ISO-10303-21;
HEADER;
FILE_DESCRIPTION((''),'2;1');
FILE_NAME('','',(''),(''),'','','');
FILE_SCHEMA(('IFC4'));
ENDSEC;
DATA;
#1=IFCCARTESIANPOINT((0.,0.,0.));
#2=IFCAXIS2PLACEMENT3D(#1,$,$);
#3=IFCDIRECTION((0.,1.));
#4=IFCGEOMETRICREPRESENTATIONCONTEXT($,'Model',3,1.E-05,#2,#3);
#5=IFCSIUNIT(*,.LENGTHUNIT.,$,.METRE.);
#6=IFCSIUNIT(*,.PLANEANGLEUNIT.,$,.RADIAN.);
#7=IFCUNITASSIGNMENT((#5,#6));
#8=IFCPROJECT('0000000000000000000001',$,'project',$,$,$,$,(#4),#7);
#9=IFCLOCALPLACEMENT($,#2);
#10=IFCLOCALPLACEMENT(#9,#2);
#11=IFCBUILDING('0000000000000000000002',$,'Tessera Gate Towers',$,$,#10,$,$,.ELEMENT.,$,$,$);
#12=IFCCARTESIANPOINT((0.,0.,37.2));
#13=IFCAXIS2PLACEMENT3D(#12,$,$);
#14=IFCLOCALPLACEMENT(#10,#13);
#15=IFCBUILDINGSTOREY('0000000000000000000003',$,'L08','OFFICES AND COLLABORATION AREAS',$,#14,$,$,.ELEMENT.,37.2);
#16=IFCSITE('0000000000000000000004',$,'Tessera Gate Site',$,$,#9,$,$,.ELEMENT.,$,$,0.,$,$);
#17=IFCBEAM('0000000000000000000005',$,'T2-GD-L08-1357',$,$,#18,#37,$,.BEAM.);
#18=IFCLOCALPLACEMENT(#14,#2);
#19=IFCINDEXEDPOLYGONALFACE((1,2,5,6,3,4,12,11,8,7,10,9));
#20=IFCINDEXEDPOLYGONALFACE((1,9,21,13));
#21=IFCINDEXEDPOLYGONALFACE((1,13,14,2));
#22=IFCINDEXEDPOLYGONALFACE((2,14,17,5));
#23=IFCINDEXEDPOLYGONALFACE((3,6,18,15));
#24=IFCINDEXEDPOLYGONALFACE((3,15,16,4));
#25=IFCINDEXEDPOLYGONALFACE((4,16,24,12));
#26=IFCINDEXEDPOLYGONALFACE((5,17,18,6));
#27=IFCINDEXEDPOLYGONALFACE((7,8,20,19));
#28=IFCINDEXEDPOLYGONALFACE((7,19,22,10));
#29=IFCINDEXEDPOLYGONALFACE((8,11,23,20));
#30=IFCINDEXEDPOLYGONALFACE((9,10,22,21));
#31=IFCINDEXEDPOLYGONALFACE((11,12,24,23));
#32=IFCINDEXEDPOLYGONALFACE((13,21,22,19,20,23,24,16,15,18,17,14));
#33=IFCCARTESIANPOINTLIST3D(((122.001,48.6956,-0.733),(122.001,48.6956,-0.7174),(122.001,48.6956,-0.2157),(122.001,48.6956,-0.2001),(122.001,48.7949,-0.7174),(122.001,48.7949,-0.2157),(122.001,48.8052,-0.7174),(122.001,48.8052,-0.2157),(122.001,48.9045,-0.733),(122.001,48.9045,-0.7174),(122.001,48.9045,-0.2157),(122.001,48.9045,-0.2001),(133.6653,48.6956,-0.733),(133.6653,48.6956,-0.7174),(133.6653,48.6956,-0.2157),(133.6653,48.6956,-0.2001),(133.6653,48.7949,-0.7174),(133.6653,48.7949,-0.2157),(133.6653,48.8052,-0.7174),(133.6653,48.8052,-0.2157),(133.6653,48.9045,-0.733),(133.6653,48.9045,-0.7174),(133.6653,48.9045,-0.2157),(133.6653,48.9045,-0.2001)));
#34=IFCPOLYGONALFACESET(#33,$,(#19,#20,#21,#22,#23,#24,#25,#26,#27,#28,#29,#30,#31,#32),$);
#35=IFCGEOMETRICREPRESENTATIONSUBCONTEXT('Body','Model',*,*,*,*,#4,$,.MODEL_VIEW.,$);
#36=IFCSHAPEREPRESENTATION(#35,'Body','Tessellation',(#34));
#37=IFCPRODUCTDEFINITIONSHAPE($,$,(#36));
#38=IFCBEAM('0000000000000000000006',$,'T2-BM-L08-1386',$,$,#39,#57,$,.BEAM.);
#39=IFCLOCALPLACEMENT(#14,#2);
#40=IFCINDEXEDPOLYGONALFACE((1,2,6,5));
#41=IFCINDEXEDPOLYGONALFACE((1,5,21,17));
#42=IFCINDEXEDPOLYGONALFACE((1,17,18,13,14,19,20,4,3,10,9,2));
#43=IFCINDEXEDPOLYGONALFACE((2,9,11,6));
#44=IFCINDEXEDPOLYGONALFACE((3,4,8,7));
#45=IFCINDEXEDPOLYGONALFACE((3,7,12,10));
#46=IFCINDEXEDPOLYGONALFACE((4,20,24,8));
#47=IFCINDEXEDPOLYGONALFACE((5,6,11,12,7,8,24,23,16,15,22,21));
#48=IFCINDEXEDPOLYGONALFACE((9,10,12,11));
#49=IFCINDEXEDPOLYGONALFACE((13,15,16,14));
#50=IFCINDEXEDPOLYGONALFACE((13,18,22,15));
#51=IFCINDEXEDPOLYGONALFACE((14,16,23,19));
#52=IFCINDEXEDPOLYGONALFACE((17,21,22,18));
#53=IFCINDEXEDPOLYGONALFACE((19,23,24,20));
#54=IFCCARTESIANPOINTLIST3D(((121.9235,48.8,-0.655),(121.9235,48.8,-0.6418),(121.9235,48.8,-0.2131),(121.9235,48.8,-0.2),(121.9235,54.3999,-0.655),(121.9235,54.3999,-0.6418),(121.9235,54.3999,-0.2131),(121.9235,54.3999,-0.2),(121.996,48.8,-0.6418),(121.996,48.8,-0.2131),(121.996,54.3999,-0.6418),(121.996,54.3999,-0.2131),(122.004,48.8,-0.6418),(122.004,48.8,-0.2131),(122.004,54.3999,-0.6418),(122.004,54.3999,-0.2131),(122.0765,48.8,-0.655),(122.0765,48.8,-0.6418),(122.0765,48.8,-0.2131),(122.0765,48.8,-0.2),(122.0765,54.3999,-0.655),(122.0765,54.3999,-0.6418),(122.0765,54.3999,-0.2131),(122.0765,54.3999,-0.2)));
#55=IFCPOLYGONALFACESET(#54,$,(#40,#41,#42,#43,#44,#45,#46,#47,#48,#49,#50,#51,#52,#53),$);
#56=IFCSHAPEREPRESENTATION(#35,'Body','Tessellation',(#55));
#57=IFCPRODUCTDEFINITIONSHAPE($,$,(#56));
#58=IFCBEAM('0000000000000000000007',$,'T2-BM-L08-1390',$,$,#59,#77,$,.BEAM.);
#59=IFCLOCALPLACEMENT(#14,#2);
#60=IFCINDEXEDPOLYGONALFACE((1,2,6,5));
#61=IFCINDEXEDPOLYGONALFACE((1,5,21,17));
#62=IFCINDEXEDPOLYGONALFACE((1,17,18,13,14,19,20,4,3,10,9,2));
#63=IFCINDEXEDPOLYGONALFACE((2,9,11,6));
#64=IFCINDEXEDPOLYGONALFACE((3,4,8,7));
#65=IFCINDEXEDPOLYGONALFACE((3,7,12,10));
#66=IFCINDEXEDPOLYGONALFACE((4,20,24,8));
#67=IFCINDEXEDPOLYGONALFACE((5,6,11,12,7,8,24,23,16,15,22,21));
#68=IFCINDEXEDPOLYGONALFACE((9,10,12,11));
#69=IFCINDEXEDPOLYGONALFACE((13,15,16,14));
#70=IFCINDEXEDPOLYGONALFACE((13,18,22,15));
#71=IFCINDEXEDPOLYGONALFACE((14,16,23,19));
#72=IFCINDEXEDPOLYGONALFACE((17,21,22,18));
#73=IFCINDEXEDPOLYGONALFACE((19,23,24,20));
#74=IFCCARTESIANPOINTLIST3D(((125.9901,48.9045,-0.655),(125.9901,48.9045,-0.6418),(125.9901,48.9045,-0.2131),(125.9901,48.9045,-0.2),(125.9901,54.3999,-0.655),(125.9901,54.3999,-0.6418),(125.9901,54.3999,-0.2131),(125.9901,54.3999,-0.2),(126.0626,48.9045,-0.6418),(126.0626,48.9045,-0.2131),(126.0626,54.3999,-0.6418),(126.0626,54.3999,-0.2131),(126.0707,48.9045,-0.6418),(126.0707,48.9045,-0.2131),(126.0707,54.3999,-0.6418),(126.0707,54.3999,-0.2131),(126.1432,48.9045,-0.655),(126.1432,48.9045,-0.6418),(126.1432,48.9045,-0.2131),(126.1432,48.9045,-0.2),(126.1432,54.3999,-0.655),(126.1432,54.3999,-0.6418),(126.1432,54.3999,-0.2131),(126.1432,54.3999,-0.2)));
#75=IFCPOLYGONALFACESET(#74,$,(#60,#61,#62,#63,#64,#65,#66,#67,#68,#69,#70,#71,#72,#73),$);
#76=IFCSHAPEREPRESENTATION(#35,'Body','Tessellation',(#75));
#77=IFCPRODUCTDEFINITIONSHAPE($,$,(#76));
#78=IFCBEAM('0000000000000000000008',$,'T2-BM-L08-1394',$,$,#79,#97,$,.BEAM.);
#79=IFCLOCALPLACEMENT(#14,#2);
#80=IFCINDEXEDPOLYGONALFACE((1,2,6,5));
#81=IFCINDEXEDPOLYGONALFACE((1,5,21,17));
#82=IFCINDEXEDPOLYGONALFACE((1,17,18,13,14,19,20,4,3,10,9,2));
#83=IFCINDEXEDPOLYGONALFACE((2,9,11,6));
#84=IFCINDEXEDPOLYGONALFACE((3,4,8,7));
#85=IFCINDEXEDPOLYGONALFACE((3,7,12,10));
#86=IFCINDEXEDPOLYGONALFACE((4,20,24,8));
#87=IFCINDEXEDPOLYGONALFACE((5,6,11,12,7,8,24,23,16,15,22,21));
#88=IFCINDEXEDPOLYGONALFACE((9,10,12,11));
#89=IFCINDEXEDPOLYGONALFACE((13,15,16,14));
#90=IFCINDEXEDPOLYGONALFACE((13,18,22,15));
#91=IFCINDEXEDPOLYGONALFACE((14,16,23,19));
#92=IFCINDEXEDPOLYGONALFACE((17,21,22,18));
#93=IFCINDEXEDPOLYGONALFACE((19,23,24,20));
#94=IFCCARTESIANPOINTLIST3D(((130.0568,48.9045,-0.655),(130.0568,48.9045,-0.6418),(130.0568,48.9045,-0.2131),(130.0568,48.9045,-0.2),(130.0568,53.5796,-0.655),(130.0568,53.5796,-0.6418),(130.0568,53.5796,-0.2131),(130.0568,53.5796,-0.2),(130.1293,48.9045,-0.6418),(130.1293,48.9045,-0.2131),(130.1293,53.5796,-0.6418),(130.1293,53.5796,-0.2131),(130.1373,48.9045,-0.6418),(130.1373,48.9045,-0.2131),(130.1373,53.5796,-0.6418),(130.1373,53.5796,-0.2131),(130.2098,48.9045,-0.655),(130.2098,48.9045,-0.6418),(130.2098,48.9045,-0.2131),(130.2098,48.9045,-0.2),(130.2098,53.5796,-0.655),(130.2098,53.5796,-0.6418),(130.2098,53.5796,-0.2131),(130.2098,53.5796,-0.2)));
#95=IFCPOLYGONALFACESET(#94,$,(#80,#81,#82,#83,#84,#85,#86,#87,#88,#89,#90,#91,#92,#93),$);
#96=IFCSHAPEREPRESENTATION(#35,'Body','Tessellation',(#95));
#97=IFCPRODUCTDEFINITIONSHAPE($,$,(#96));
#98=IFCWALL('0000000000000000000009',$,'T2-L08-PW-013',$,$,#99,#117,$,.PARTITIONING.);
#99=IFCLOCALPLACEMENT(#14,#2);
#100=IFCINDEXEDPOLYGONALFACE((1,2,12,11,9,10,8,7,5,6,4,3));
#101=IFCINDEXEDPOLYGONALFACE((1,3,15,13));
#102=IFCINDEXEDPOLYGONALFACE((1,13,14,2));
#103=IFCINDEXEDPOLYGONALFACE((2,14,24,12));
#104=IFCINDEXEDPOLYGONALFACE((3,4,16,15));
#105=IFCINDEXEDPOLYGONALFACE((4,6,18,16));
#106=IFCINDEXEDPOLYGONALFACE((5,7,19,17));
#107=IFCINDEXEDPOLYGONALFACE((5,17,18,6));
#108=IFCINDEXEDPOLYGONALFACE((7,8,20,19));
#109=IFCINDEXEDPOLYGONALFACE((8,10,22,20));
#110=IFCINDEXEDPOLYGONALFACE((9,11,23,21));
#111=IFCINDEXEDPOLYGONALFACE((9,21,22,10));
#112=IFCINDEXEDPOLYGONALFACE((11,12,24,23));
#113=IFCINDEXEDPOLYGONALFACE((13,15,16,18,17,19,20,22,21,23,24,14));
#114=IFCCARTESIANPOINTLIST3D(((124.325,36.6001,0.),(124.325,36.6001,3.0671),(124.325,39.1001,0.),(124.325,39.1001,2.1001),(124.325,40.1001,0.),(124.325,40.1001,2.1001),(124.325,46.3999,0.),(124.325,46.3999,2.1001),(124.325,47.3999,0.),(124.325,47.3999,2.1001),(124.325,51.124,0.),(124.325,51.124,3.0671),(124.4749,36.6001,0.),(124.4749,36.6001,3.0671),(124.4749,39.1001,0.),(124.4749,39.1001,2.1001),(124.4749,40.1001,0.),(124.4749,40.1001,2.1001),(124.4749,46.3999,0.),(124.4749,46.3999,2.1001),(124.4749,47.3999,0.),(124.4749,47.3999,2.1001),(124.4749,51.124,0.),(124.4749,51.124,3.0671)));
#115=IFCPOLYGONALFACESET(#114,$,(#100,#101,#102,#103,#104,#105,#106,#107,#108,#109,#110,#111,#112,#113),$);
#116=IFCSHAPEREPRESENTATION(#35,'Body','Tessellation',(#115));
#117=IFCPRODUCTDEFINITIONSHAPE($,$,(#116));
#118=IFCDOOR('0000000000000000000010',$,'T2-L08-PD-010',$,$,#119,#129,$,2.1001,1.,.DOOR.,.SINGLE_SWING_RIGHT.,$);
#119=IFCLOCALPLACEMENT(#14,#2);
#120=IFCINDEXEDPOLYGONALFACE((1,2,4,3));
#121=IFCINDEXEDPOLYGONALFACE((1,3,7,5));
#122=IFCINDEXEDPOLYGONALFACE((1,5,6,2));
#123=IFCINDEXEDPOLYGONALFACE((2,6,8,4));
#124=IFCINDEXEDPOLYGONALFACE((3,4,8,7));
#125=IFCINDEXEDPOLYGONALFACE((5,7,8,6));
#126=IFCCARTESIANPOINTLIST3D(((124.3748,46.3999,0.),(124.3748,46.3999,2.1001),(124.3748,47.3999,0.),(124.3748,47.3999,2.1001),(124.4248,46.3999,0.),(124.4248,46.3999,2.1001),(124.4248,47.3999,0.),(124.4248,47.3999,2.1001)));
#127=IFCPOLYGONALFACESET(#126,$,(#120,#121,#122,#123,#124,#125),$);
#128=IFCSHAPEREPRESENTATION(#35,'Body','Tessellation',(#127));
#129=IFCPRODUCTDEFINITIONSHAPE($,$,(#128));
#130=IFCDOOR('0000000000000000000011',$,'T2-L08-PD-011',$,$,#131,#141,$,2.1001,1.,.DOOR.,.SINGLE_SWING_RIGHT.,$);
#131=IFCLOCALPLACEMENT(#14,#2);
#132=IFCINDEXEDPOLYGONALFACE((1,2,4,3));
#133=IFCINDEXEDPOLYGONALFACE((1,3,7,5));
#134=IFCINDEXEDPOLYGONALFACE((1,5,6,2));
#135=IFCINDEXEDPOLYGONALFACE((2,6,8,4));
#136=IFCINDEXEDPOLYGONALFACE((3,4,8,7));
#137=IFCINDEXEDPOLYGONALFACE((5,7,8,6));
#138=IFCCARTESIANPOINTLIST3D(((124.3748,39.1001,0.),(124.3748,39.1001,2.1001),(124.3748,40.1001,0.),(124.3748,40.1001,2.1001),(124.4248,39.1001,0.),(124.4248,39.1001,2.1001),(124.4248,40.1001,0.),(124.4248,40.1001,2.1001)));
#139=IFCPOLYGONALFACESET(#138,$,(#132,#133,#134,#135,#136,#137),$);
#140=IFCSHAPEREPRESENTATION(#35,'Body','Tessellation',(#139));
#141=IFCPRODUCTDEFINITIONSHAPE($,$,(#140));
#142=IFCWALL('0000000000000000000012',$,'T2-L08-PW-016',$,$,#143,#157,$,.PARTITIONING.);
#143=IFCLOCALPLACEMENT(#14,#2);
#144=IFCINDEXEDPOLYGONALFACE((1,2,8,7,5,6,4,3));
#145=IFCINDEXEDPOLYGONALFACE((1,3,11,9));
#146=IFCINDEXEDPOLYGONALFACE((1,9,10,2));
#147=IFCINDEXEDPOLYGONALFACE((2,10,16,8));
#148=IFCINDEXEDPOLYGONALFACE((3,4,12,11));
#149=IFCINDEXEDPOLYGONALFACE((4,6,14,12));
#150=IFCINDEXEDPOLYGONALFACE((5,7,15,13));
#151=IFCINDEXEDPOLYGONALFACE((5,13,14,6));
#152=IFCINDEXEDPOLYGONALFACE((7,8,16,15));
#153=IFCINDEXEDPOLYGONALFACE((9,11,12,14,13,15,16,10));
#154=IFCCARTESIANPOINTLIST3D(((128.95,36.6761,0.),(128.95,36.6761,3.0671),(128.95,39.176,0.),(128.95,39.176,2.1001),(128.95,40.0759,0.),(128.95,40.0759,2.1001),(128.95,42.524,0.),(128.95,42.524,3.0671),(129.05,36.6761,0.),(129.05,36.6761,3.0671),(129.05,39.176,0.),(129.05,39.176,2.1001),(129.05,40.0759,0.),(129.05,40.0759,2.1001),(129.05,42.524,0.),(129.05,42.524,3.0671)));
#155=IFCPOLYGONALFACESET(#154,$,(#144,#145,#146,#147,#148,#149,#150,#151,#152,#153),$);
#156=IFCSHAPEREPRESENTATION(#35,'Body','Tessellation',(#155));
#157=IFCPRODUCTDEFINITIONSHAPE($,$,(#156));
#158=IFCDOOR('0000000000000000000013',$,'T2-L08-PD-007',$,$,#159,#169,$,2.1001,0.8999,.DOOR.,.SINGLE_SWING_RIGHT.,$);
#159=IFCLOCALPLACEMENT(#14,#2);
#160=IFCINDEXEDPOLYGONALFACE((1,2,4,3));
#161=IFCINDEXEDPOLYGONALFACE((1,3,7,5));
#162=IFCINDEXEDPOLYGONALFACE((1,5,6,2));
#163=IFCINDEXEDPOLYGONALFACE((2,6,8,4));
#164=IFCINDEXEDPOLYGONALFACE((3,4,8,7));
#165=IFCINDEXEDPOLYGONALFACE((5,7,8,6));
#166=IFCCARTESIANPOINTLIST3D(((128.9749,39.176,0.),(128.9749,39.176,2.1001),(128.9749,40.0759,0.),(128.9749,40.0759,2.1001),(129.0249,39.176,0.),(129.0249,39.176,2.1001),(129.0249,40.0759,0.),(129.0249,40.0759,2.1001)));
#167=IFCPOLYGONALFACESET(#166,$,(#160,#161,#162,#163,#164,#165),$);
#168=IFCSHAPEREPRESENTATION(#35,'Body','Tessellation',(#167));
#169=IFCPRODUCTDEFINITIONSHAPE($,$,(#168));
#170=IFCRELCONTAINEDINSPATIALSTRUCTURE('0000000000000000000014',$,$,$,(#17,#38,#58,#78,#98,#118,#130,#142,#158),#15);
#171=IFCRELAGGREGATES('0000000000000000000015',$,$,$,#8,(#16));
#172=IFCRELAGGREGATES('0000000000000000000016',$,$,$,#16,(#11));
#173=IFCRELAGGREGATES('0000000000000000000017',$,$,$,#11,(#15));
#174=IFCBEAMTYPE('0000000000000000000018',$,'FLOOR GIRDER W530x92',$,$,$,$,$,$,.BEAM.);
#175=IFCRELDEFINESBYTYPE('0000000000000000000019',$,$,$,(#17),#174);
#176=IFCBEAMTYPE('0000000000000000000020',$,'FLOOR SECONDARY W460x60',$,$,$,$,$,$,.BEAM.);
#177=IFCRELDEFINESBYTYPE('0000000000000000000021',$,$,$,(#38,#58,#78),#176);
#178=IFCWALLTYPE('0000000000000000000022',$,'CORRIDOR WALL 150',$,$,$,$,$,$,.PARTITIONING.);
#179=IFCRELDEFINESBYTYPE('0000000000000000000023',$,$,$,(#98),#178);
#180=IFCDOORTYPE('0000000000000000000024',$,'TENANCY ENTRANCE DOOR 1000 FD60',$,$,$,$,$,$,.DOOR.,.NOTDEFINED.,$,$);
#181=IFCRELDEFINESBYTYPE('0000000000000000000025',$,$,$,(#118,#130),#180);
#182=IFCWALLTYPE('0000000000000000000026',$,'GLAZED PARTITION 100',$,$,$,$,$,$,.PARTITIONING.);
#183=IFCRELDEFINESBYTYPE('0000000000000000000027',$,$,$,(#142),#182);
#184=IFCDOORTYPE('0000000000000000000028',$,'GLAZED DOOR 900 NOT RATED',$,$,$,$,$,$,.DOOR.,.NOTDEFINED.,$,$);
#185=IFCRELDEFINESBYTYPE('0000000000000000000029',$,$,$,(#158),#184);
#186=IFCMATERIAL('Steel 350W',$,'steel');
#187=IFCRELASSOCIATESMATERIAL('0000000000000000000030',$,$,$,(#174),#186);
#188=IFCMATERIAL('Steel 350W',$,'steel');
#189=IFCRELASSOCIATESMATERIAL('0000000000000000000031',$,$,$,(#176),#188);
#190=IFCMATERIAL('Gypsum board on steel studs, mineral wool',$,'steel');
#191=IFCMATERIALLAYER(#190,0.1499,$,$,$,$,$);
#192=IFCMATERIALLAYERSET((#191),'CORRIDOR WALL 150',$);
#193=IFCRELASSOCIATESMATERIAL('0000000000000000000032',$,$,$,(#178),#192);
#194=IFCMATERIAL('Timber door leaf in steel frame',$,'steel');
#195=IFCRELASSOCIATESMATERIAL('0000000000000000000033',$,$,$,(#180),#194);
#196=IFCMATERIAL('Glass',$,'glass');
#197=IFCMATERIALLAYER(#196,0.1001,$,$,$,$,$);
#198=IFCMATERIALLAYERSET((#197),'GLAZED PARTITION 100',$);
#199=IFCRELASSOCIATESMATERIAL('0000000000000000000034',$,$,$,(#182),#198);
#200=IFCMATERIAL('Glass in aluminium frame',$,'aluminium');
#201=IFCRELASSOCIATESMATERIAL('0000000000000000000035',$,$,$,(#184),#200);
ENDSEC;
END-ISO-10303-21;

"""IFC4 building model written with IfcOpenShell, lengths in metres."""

from ifc_helpers import new_model, si_unit, direction, frame, frame_2d, origin, origin_2d, place, context, subcontext, project, spatial, rectangle, i_section, extrude, source, transform, mapped, material, layer, layer_set, material_profile, profile_set, type_object, element, fill, save


model = new_model("IFC4")

# Units and contexts
model_context = context("Model", 3, precision=1e-05, world=origin(), true_north=direction((0.0, 1.0)))
body_context = subcontext(model_context, "Body", "Model", "MODEL_VIEW")
ifc_project = project(units=[si_unit("LENGTHUNIT", "METRE"), si_unit("PLANEANGLEUNIT", "RADIAN")], contexts=[model_context])

# Site, building, storey
site_placement = place(None, origin())
site = spatial("IfcSite", under=ifc_project, at=site_placement, Name="Tessera Gate Site", CompositionType="ELEMENT", RefElevation=0.0)
building_placement = place(site_placement, origin())
building = spatial("IfcBuilding", under=site, at=building_placement, Name="Tessera Gate Towers", CompositionType="ELEMENT")
storey_placement = place(building_placement, frame((0.0, 0.0, 37.2)))
storey = spatial("IfcBuildingStorey", under=building, at=storey_placement, Name="L08", Description="OFFICES AND COLLABORATION AREAS", CompositionType="ELEMENT", Elevation=37.2)

# Beams
ifc_material_1 = material(Name="Steel 350W", Category="steel")
ifc_material_profile_1 = material_profile(ifc_material_1, i_section(OverallWidth=0.209, OverallDepth=0.533, WebThickness=0.0103, FlangeThickness=0.0156, at=origin_2d()), Name="W530x92")
ifc_profile_set_1 = profile_set([ifc_material_profile_1], Name="Steel 350W")
beam_type_1 = type_object("IfcBeamType", Name="FLOOR GIRDER W530x92", PredefinedType="BEAM", material=ifc_profile_set_1)
beam_1_placement = place(storey_placement, frame((122.001, 48.8, -0.4666), z_axis=(1.0, 0.0, 0.0), x_axis=(0.0, 1.0, 0.0)))
element("IfcBeam", 1, at=beam_1_placement, inside=storey, type_object=beam_type_1, Name="T2-GD-L08-1357", PredefinedType="BEAM", context=body_context, shape_type="SweptSolid", body=[
    extrude(i_section(OverallWidth=0.209, OverallDepth=0.533, WebThickness=0.0103, FlangeThickness=0.0156, at=origin_2d()), origin(), (0.0, 0.0, 1.0), 11.6643),
])
ifc_material_2 = material(Name="Steel 350W", Category="steel")
ifc_material_profile_2 = material_profile(ifc_material_2, i_section(OverallWidth=0.1531, OverallDepth=0.4551, WebThickness=0.0081, FlangeThickness=0.0132, at=origin_2d()), Name="W460x60")
ifc_profile_set_2 = profile_set([ifc_material_profile_2], Name="Steel 350W")
beam_type_2 = type_object("IfcBeamType", Name="FLOOR SECONDARY W460x60", PredefinedType="BEAM", material=ifc_profile_set_2)
beam_2_placement = place(storey_placement, frame((122.0, 48.8, -0.4275), z_axis=(0.0, 1.0, 0.0), x_axis=(-1.0, 0.0, 0.0)))
element("IfcBeam", 2, at=beam_2_placement, inside=storey, type_object=beam_type_2, Name="T2-BM-L08-1386", PredefinedType="BEAM", context=body_context, shape_type="SweptSolid", body=[
    extrude(i_section(OverallWidth=0.1531, OverallDepth=0.4551, WebThickness=0.0081, FlangeThickness=0.0132, at=origin_2d()), origin(), (0.0, 0.0, 1.0), 5.5999),
])
beam_3_placement = place(storey_placement, frame((126.0667, 48.9045, -0.4275), z_axis=(0.0, 1.0, 0.0), x_axis=(-1.0, 0.0, 0.0)))
element("IfcBeam", 3, at=beam_3_placement, inside=storey, type_object=beam_type_2, Name="T2-BM-L08-1390", PredefinedType="BEAM", context=body_context, shape_type="SweptSolid", body=[
    extrude(i_section(OverallWidth=0.1531, OverallDepth=0.4551, WebThickness=0.0081, FlangeThickness=0.0132, at=origin_2d()), origin(), (0.0, 0.0, 1.0), 5.4954),
])
beam_4_placement = place(storey_placement, frame((130.1333, 48.9045, -0.4275), z_axis=(0.0, 1.0, 0.0), x_axis=(-1.0, 0.0, 0.0)))
element("IfcBeam", 4, at=beam_4_placement, inside=storey, type_object=beam_type_2, Name="T2-BM-L08-1394", PredefinedType="BEAM", context=body_context, shape_type="SweptSolid", body=[
    extrude(i_section(OverallWidth=0.1531, OverallDepth=0.4551, WebThickness=0.0081, FlangeThickness=0.0132, at=origin_2d()), origin(), (0.0, 0.0, 1.0), 4.675),
])

# Wall, openings, doors
ifc_material_3 = material(Name="Gypsum board on steel studs, mineral wool", Category="steel")
ifc_layer_1 = layer(ifc_material_3, 0.1499)
ifc_layer_set_1 = layer_set([ifc_layer_1], Name="CORRIDOR WALL 150")
wall_type_1 = type_object("IfcWallType", Name="CORRIDOR WALL 150", PredefinedType="PARTITIONING", material=ifc_layer_set_1)
wall_1_placement = place(storey_placement, frame((124.3999, 51.124, 0.0), z_axis=(0.0, 0.0, 1.0), x_axis=(0.0, -1.0, 0.0)))
wall_1 = element("IfcWall", 5, at=wall_1_placement, inside=storey, type_object=wall_type_1, Name="T2-L08-PW-013", PredefinedType="PARTITIONING", context=body_context, shape_type="SweptSolid", body=[
    extrude(rectangle(XDim=14.5239, YDim=0.1499, at=frame_2d((7.262, 0.0))), origin(), (0.0, 0.0, 1.0), 3.0671),
])
shared_shape_1 = source(origin(), body_context, "Body", "SweptSolid", [
    extrude(rectangle(XDim=1.0, YDim=2.1001, at=frame_2d((0.5, 1.05))), frame((0.0, 0.085, 0.0), z_axis=(0.0, -1.0, 0.0), x_axis=(1.0, 0.0, 0.0)), (0.0, 0.0, 1.0), 0.1699),
])
opening_1_placement = place(wall_1_placement, frame((3.7241, 0.0, 0.0)))
opening_1 = element("IfcOpeningElement", 6, at=opening_1_placement, cuts=wall_1, PredefinedType="OPENING", context=body_context, shape_type="MappedRepresentation", body=[
    mapped(shared_shape_1, transform((0.0, 0.0, 0.0), scale=1.0)),
])
opening_2_placement = place(wall_1_placement, frame((11.0239, 0.0, 0.0)))
opening_2 = element("IfcOpeningElement", 7, at=opening_2_placement, cuts=wall_1, PredefinedType="OPENING", context=body_context, shape_type="MappedRepresentation", body=[
    mapped(shared_shape_1, transform((0.0, 0.0, 0.0), scale=1.0)),
])
ifc_material_4 = material(Name="Timber door leaf in steel frame", Category="steel")
door_type_1 = type_object("IfcDoorType", Name="TENANCY ENTRANCE DOOR 1000 FD60", OperationType="NOTDEFINED", PredefinedType="DOOR", material=ifc_material_4)
shared_shape_2 = source(origin(), body_context, "Body", "SweptSolid", [
    extrude(rectangle(XDim=1.0, YDim=2.1001, at=frame_2d((0.5, 1.05))), frame((0.0, 0.0249, 0.0), z_axis=(0.0, -1.0, 0.0), x_axis=(1.0, 0.0, 0.0)), (0.0, 0.0, 1.0), 0.05),
])
door_1_placement = place(opening_1_placement, origin())
door_1 = element("IfcDoor", 8, at=door_1_placement, inside=storey, type_object=door_type_1, Name="T2-L08-PD-010", OperationType="SINGLE_SWING_RIGHT", OverallHeight=2.1001, OverallWidth=1.0, PredefinedType="DOOR", context=body_context, shape_type="MappedRepresentation", body=[
    mapped(shared_shape_2, transform((0.0, 0.0, 0.0), scale=1.0)),
])
fill(opening_1, door_1)
door_2_placement = place(opening_2_placement, origin())
door_2 = element("IfcDoor", 9, at=door_2_placement, inside=storey, type_object=door_type_1, Name="T2-L08-PD-011", OperationType="SINGLE_SWING_RIGHT", OverallHeight=2.1001, OverallWidth=1.0, PredefinedType="DOOR", context=body_context, shape_type="MappedRepresentation", body=[
    mapped(shared_shape_2, transform((0.0, 0.0, 0.0), scale=1.0)),
])
fill(opening_2, door_2)

# Wall, opening, door
ifc_material_5 = material(Name="Glass", Category="glass")
ifc_layer_2 = layer(ifc_material_5, 0.1001)
ifc_layer_set_2 = layer_set([ifc_layer_2], Name="GLAZED PARTITION 100")
wall_type_2 = type_object("IfcWallType", Name="GLAZED PARTITION 100", PredefinedType="PARTITIONING", material=ifc_layer_set_2)
wall_2_placement = place(storey_placement, frame((129.0, 42.5239, 0.0), z_axis=(0.0, 0.0, 1.0), x_axis=(0.0, -1.0, 0.0)))
wall_2 = element("IfcWall", 10, at=wall_2_placement, inside=storey, type_object=wall_type_2, Name="T2-L08-PW-016", PredefinedType="PARTITIONING", context=body_context, shape_type="SweptSolid", body=[
    extrude(rectangle(XDim=5.8479, YDim=0.1001, at=frame_2d((2.9238, 0.0))), origin(), (0.0, 0.0, 1.0), 3.0671),
])
shared_shape_3 = source(origin(), body_context, "Body", "SweptSolid", [
    extrude(rectangle(XDim=0.8999, YDim=2.1001, at=frame_2d((0.45, 1.05))), frame((0.0, 0.0601, 0.0), z_axis=(0.0, -1.0, 0.0), x_axis=(1.0, 0.0, 0.0)), (0.0, 0.0, 1.0), 0.1201),
])
opening_3_placement = place(wall_2_placement, frame((2.448, 0.0, 0.0)))
opening_3 = element("IfcOpeningElement", 11, at=opening_3_placement, cuts=wall_2, PredefinedType="OPENING", context=body_context, shape_type="MappedRepresentation", body=[
    mapped(shared_shape_3, transform((0.0, 0.0, 0.0), scale=1.0)),
])
ifc_material_6 = material(Name="Glass in aluminium frame", Category="aluminium")
door_type_2 = type_object("IfcDoorType", Name="GLAZED DOOR 900 NOT RATED", OperationType="NOTDEFINED", PredefinedType="DOOR", material=ifc_material_6)
shared_shape_4 = source(origin(), body_context, "Body", "SweptSolid", [
    extrude(rectangle(XDim=0.8999, YDim=2.1001, at=frame_2d((0.45, 1.05))), frame((0.0, 0.0249, 0.0), z_axis=(0.0, -1.0, 0.0), x_axis=(1.0, 0.0, 0.0)), (0.0, 0.0, 1.0), 0.05),
])
door_3_placement = place(opening_3_placement, origin())
door_3 = element("IfcDoor", 12, at=door_3_placement, inside=storey, type_object=door_type_2, Name="T2-L08-PD-007", OperationType="SINGLE_SWING_RIGHT", OverallHeight=2.1001, OverallWidth=0.8999, PredefinedType="DOOR", context=body_context, shape_type="MappedRepresentation", body=[
    mapped(shared_shape_4, transform((0.0, 0.0, 0.0), scale=1.0)),
])
fill(opening_3, door_3)

save(model, "model.ifc")
